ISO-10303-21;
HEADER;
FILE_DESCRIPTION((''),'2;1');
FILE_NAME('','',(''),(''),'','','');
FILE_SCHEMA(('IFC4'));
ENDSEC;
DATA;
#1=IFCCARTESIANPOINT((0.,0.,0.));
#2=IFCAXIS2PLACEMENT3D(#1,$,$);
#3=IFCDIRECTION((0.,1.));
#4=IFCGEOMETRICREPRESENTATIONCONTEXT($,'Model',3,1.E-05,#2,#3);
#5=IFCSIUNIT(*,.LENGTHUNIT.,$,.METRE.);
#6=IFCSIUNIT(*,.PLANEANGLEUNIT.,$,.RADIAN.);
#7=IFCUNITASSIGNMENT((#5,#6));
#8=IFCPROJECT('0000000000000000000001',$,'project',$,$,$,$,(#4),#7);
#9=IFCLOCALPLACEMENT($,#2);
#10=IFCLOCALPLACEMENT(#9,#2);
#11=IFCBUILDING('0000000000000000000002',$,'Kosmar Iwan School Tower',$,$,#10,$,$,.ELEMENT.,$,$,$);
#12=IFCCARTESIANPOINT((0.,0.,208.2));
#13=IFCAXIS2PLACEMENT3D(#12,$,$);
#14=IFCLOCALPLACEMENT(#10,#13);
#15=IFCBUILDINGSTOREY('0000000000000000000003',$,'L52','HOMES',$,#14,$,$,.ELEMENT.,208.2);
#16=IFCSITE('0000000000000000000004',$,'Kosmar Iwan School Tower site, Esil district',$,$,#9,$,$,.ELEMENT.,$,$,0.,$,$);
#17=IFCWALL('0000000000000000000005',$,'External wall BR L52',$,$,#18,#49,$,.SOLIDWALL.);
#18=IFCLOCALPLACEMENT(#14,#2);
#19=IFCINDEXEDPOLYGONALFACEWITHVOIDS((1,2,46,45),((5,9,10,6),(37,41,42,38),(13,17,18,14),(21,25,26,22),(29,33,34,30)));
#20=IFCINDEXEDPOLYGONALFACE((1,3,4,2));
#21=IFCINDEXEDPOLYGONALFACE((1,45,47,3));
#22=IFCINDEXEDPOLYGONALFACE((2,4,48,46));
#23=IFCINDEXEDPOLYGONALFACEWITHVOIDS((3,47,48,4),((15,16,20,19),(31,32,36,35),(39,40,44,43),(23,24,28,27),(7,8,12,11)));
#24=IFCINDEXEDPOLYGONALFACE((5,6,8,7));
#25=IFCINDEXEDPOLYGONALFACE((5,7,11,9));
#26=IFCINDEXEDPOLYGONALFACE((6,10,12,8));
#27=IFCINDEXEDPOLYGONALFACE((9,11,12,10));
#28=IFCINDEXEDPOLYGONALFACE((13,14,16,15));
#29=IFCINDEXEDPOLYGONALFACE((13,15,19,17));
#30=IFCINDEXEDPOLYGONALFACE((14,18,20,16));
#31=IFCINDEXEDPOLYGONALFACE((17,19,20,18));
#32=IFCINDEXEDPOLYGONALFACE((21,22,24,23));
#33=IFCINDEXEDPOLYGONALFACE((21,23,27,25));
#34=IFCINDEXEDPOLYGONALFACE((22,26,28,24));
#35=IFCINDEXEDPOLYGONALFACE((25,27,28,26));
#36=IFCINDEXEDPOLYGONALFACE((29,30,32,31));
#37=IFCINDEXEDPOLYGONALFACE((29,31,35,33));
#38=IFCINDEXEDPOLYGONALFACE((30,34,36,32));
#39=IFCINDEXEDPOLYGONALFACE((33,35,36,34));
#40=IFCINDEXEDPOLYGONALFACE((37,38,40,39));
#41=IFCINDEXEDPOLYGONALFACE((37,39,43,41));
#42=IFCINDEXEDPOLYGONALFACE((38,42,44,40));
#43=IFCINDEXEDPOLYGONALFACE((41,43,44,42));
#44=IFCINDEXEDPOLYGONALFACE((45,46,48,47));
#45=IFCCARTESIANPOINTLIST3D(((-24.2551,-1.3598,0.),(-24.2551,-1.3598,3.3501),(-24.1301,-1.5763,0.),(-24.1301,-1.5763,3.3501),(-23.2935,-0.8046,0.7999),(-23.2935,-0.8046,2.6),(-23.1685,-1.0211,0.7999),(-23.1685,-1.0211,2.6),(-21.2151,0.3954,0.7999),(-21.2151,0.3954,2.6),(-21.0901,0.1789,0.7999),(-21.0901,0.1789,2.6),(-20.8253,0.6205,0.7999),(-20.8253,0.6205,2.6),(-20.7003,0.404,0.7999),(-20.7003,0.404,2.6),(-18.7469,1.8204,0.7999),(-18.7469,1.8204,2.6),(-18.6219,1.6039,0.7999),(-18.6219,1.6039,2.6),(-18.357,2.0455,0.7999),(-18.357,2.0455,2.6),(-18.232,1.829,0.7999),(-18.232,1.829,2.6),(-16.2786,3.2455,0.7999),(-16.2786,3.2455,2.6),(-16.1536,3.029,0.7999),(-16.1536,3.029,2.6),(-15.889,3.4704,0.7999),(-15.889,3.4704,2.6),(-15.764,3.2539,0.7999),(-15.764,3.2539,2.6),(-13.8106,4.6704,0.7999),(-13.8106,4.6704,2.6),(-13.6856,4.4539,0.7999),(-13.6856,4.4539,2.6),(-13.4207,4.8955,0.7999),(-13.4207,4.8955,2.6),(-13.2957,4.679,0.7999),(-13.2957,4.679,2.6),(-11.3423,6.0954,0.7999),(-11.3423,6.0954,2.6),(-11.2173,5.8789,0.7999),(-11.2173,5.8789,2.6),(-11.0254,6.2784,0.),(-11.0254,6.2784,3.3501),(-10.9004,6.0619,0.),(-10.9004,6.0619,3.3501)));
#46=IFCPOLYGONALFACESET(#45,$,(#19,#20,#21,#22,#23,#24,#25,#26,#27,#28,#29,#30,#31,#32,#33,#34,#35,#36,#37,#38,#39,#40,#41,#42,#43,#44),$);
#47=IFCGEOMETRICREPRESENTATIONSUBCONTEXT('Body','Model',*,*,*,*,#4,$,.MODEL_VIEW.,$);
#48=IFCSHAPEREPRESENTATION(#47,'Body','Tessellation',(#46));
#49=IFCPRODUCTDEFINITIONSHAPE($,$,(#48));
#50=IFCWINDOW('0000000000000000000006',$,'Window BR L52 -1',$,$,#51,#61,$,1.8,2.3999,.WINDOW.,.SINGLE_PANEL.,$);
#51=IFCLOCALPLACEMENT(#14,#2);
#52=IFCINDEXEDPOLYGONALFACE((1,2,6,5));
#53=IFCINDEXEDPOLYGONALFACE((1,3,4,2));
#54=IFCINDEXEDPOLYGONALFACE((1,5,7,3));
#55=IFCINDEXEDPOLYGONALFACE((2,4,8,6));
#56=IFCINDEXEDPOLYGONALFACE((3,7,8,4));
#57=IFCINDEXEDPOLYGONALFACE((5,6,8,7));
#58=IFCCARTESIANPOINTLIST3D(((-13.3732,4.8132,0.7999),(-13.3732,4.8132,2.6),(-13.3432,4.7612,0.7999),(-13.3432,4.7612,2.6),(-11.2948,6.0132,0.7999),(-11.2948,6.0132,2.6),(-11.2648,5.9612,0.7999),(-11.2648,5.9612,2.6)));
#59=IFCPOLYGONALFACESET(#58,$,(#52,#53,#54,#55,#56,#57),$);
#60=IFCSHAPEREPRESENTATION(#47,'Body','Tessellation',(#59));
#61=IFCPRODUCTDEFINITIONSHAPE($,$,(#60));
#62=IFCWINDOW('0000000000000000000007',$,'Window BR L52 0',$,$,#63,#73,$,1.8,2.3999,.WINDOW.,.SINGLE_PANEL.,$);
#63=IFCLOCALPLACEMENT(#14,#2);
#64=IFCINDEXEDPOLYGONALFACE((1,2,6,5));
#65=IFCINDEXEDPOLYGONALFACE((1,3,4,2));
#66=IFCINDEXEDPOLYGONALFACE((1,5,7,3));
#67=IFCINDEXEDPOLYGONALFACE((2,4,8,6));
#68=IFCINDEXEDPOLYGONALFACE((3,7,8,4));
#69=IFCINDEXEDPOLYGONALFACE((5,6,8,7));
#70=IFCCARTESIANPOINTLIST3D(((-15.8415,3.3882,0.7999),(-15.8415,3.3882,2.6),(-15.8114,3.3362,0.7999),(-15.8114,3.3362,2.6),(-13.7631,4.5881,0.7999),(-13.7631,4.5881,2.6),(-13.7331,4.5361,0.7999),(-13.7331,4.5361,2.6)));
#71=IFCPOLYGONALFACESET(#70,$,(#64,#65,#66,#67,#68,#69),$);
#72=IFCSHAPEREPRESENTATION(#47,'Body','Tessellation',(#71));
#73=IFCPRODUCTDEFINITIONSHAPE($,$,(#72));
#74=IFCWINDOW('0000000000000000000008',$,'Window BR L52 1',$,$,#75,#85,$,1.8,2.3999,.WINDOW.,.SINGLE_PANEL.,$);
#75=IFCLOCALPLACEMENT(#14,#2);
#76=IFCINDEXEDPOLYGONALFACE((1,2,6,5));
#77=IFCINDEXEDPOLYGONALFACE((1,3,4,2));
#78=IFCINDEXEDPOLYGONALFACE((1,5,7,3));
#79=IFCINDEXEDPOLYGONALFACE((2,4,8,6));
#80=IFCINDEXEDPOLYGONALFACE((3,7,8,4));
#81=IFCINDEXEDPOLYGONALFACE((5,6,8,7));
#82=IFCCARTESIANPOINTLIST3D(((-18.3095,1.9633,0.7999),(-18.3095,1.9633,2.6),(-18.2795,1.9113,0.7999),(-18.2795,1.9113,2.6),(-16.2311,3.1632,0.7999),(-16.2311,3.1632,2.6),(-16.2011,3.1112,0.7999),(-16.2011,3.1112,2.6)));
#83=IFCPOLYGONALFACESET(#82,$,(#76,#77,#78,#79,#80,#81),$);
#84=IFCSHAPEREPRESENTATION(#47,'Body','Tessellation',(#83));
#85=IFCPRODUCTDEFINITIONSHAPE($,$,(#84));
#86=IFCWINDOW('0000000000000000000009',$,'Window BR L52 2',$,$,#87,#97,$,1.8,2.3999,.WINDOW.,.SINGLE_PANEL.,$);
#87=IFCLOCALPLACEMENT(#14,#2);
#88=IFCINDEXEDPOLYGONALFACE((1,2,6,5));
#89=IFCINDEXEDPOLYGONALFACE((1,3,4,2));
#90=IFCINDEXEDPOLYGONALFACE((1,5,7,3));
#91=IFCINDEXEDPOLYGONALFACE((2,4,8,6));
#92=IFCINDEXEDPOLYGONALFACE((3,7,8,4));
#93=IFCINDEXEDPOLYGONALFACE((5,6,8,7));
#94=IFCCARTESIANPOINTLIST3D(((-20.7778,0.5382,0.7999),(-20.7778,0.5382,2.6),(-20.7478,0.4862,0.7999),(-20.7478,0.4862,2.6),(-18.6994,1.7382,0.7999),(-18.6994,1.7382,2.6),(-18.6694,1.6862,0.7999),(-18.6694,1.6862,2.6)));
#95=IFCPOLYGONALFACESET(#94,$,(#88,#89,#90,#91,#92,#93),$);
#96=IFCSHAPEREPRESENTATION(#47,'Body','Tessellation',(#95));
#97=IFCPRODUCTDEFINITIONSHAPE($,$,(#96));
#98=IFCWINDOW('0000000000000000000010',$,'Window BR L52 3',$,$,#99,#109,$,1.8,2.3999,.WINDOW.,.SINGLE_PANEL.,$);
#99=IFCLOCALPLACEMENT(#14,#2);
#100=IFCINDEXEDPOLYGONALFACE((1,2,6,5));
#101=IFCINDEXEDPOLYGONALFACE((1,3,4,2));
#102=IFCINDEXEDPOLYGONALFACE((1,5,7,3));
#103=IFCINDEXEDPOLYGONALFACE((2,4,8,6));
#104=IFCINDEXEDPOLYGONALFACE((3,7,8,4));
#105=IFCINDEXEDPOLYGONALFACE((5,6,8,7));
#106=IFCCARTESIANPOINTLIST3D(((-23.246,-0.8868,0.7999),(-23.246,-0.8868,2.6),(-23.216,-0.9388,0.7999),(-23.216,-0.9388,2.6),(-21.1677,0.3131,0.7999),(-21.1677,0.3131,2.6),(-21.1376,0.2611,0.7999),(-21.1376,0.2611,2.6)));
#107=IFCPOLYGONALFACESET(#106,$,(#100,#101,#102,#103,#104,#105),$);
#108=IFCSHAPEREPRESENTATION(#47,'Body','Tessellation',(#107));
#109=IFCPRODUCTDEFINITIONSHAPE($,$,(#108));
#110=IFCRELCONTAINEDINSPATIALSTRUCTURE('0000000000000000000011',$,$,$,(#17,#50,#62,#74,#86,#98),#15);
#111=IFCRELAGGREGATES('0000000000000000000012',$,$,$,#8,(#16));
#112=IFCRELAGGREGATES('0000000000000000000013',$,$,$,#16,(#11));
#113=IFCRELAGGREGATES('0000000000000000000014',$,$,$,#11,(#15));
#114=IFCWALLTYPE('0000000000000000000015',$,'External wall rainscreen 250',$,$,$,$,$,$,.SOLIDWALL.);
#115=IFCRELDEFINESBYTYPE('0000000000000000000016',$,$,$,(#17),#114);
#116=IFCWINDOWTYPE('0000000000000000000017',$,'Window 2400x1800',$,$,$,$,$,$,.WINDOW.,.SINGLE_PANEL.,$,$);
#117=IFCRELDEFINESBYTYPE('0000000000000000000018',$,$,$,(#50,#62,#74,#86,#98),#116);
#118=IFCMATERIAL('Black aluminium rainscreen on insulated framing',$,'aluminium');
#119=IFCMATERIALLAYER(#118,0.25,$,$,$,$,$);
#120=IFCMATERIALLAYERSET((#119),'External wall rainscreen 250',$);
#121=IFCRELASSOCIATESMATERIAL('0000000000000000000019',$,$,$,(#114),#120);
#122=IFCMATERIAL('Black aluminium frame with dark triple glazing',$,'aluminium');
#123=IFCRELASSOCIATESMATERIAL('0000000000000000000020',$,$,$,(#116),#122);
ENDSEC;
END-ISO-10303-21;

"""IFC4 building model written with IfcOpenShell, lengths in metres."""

from ifc_helpers import new_model, si_unit, direction, frame, frame_2d, origin, place, context, subcontext, project, spatial, rectangle, extrude, material, layer, layer_set, type_object, element, fill, save


model = new_model("IFC4")

# Units and contexts
model_context = context("Model", 3, precision=1e-05, world=origin(), true_north=direction((0.0, 1.0)))
body_context = subcontext(model_context, "Body", "Model", "MODEL_VIEW")
ifc_project = project(units=[si_unit("LENGTHUNIT", "METRE"), si_unit("PLANEANGLEUNIT", "RADIAN")], contexts=[model_context])

# Site, building, storey
site_placement = place(None, origin())
site = spatial("IfcSite", under=ifc_project, at=site_placement, Name="Kosmar Iwan School Tower site, Esil district", CompositionType="ELEMENT", RefElevation=0.0)
building_placement = place(site_placement, origin())
building = spatial("IfcBuilding", under=site, at=building_placement, Name="Kosmar Iwan School Tower", CompositionType="ELEMENT")
storey_placement = place(building_placement, frame((0.0, 0.0, 208.2)))
storey = spatial("IfcBuildingStorey", under=building, at=storey_placement, Name="L52", Description="HOMES", CompositionType="ELEMENT", Elevation=208.2)

# Wall, openings, windows
ifc_material_1 = material(Name="Black aluminium rainscreen on insulated framing", Category="aluminium")
ifc_layer_1 = layer(ifc_material_1, 0.25)
ifc_layer_set_1 = layer_set([ifc_layer_1], Name="External wall rainscreen 250")
wall_type_1 = type_object("IfcWallType", Name="External wall rainscreen 250", PredefinedType="SOLIDWALL", material=ifc_layer_set_1)
ifc_material_2 = material(Name="Black aluminium frame with dark triple glazing", Category="aluminium")
window_type = type_object("IfcWindowType", Name="Window 2400x1800", PartitioningType="SINGLE_PANEL", PredefinedType="WINDOW", material=ifc_material_2)
wall_1_placement = place(storey_placement, frame((-10.9629, 6.1702, 0.0), z_axis=(0.0, 0.0, 1.0), x_axis=(-0.866026, -0.5, 0.0)))
wall_1 = element("IfcWall", 1, at=wall_1_placement, inside=storey, type_object=wall_type_1, Name="External wall BR L52", PredefinedType="SOLIDWALL", context=body_context, shape_type="SweptSolid", body=[
    extrude(rectangle(XDim=15.2764, YDim=0.25, at=frame_2d((7.6382, 0.0))), origin(), (0.0, 0.0, 1.0), 3.3501),
])
opening_1_placement = place(wall_1_placement, frame((0.366, 0.0, 0.8)))
opening_1 = element("IfcOpeningElement", 2, at=opening_1_placement, cuts=wall_1, PredefinedType="OPENING", context=body_context, shape_type="SweptSolid", body=[
    extrude(rectangle(XDim=2.3999, YDim=1.8, at=frame_2d((1.2, 0.8999))), frame((0.0, 0.137, 0.0), z_axis=(0.0, -1.0, 0.0), x_axis=(1.0, 0.0, 0.0)), (0.0, 0.0, 1.0), 0.2739),
])
opening_2_placement = place(wall_1_placement, frame((3.2161, 0.0, 0.8)))
opening_2 = element("IfcOpeningElement", 3, at=opening_2_placement, cuts=wall_1, PredefinedType="OPENING", context=body_context, shape_type="SweptSolid", body=[
    extrude(rectangle(XDim=2.3999, YDim=1.8, at=frame_2d((1.2, 0.8999))), frame((0.0, 0.137, 0.0), z_axis=(0.0, -1.0, 0.0), x_axis=(1.0, 0.0, 0.0)), (0.0, 0.0, 1.0), 0.2739),
])
opening_3_placement = place(wall_1_placement, frame((6.0659, 0.0, 0.8)))
opening_3 = element("IfcOpeningElement", 4, at=opening_3_placement, cuts=wall_1, PredefinedType="OPENING", context=body_context, shape_type="SweptSolid", body=[
    extrude(rectangle(XDim=2.3999, YDim=1.8, at=frame_2d((1.2, 0.8999))), frame((0.0, 0.137, 0.0), z_axis=(0.0, -1.0, 0.0), x_axis=(1.0, 0.0, 0.0)), (0.0, 0.0, 1.0), 0.2739),
])
opening_4_placement = place(wall_1_placement, frame((8.916, 0.0, 0.8)))
opening_4 = element("IfcOpeningElement", 5, at=opening_4_placement, cuts=wall_1, PredefinedType="OPENING", context=body_context, shape_type="SweptSolid", body=[
    extrude(rectangle(XDim=2.3999, YDim=1.8, at=frame_2d((1.2, 0.8999))), frame((0.0, 0.137, 0.0), z_axis=(0.0, -1.0, 0.0), x_axis=(1.0, 0.0, 0.0)), (0.0, 0.0, 1.0), 0.2739),
])
opening_5_placement = place(wall_1_placement, frame((11.7661, 0.0, 0.8)))
opening_5 = element("IfcOpeningElement", 6, at=opening_5_placement, cuts=wall_1, PredefinedType="OPENING", context=body_context, shape_type="SweptSolid", body=[
    extrude(rectangle(XDim=2.3999, YDim=1.8, at=frame_2d((1.2, 0.8999))), frame((0.0, 0.137, 0.0), z_axis=(0.0, -1.0, 0.0), x_axis=(1.0, 0.0, 0.0)), (0.0, 0.0, 1.0), 0.2739),
])
window_1_placement = place(opening_1_placement, origin())
window_1 = element("IfcWindow", 7, at=window_1_placement, inside=storey, type_object=window_type, Name="Window BR L52 -1", OverallHeight=1.8, OverallWidth=2.3999, PartitioningType="SINGLE_PANEL", PredefinedType="WINDOW", context=body_context, shape_type="SweptSolid", body=[
    extrude(rectangle(XDim=2.3999, YDim=1.8, at=frame_2d((1.2, 0.8999))), frame((0.0, 0.03, 0.0), z_axis=(0.0, -1.0, 0.0), x_axis=(1.0, 0.0, 0.0)), (0.0, 0.0, 1.0), 0.0601),
])
fill(opening_1, window_1)
window_2_placement = place(opening_2_placement, origin())
window_2 = element("IfcWindow", 8, at=window_2_placement, inside=storey, type_object=window_type, Name="Window BR L52 0", OverallHeight=1.8, OverallWidth=2.3999, PartitioningType="SINGLE_PANEL", PredefinedType="WINDOW", context=body_context, shape_type="SweptSolid", body=[
    extrude(rectangle(XDim=2.3999, YDim=1.8, at=frame_2d((1.2, 0.8999))), frame((0.0, 0.03, 0.0), z_axis=(0.0, -1.0, 0.0), x_axis=(1.0, 0.0, 0.0)), (0.0, 0.0, 1.0), 0.0601),
])
fill(opening_2, window_2)
window_3_placement = place(opening_3_placement, origin())
window_3 = element("IfcWindow", 9, at=window_3_placement, inside=storey, type_object=window_type, Name="Window BR L52 1", OverallHeight=1.8, OverallWidth=2.3999, PartitioningType="SINGLE_PANEL", PredefinedType="WINDOW", context=body_context, shape_type="SweptSolid", body=[
    extrude(rectangle(XDim=2.3999, YDim=1.8, at=frame_2d((1.2, 0.8999))), frame((0.0, 0.03, 0.0), z_axis=(0.0, -1.0, 0.0), x_axis=(1.0, 0.0, 0.0)), (0.0, 0.0, 1.0), 0.0601),
])
fill(opening_3, window_3)
window_4_placement = place(opening_4_placement, origin())
window_4 = element("IfcWindow", 10, at=window_4_placement, inside=storey, type_object=window_type, Name="Window BR L52 2", OverallHeight=1.8, OverallWidth=2.3999, PartitioningType="SINGLE_PANEL", PredefinedType="WINDOW", context=body_context, shape_type="SweptSolid", body=[
    extrude(rectangle(XDim=2.3999, YDim=1.8, at=frame_2d((1.2, 0.8999))), frame((0.0, 0.03, 0.0), z_axis=(0.0, -1.0, 0.0), x_axis=(1.0, 0.0, 0.0)), (0.0, 0.0, 1.0), 0.0601),
])
fill(opening_4, window_4)
window_5_placement = place(opening_5_placement, origin())
window_5 = element("IfcWindow", 11, at=window_5_placement, inside=storey, type_object=window_type, Name="Window BR L52 3", OverallHeight=1.8, OverallWidth=2.3999, PartitioningType="SINGLE_PANEL", PredefinedType="WINDOW", context=body_context, shape_type="SweptSolid", body=[
    extrude(rectangle(XDim=2.3999, YDim=1.8, at=frame_2d((1.2, 0.8999))), frame((0.0, 0.03, 0.0), z_axis=(0.0, -1.0, 0.0), x_axis=(1.0, 0.0, 0.0)), (0.0, 0.0, 1.0), 0.0601),
])
fill(opening_5, window_5)

save(model, "model.ifc")
